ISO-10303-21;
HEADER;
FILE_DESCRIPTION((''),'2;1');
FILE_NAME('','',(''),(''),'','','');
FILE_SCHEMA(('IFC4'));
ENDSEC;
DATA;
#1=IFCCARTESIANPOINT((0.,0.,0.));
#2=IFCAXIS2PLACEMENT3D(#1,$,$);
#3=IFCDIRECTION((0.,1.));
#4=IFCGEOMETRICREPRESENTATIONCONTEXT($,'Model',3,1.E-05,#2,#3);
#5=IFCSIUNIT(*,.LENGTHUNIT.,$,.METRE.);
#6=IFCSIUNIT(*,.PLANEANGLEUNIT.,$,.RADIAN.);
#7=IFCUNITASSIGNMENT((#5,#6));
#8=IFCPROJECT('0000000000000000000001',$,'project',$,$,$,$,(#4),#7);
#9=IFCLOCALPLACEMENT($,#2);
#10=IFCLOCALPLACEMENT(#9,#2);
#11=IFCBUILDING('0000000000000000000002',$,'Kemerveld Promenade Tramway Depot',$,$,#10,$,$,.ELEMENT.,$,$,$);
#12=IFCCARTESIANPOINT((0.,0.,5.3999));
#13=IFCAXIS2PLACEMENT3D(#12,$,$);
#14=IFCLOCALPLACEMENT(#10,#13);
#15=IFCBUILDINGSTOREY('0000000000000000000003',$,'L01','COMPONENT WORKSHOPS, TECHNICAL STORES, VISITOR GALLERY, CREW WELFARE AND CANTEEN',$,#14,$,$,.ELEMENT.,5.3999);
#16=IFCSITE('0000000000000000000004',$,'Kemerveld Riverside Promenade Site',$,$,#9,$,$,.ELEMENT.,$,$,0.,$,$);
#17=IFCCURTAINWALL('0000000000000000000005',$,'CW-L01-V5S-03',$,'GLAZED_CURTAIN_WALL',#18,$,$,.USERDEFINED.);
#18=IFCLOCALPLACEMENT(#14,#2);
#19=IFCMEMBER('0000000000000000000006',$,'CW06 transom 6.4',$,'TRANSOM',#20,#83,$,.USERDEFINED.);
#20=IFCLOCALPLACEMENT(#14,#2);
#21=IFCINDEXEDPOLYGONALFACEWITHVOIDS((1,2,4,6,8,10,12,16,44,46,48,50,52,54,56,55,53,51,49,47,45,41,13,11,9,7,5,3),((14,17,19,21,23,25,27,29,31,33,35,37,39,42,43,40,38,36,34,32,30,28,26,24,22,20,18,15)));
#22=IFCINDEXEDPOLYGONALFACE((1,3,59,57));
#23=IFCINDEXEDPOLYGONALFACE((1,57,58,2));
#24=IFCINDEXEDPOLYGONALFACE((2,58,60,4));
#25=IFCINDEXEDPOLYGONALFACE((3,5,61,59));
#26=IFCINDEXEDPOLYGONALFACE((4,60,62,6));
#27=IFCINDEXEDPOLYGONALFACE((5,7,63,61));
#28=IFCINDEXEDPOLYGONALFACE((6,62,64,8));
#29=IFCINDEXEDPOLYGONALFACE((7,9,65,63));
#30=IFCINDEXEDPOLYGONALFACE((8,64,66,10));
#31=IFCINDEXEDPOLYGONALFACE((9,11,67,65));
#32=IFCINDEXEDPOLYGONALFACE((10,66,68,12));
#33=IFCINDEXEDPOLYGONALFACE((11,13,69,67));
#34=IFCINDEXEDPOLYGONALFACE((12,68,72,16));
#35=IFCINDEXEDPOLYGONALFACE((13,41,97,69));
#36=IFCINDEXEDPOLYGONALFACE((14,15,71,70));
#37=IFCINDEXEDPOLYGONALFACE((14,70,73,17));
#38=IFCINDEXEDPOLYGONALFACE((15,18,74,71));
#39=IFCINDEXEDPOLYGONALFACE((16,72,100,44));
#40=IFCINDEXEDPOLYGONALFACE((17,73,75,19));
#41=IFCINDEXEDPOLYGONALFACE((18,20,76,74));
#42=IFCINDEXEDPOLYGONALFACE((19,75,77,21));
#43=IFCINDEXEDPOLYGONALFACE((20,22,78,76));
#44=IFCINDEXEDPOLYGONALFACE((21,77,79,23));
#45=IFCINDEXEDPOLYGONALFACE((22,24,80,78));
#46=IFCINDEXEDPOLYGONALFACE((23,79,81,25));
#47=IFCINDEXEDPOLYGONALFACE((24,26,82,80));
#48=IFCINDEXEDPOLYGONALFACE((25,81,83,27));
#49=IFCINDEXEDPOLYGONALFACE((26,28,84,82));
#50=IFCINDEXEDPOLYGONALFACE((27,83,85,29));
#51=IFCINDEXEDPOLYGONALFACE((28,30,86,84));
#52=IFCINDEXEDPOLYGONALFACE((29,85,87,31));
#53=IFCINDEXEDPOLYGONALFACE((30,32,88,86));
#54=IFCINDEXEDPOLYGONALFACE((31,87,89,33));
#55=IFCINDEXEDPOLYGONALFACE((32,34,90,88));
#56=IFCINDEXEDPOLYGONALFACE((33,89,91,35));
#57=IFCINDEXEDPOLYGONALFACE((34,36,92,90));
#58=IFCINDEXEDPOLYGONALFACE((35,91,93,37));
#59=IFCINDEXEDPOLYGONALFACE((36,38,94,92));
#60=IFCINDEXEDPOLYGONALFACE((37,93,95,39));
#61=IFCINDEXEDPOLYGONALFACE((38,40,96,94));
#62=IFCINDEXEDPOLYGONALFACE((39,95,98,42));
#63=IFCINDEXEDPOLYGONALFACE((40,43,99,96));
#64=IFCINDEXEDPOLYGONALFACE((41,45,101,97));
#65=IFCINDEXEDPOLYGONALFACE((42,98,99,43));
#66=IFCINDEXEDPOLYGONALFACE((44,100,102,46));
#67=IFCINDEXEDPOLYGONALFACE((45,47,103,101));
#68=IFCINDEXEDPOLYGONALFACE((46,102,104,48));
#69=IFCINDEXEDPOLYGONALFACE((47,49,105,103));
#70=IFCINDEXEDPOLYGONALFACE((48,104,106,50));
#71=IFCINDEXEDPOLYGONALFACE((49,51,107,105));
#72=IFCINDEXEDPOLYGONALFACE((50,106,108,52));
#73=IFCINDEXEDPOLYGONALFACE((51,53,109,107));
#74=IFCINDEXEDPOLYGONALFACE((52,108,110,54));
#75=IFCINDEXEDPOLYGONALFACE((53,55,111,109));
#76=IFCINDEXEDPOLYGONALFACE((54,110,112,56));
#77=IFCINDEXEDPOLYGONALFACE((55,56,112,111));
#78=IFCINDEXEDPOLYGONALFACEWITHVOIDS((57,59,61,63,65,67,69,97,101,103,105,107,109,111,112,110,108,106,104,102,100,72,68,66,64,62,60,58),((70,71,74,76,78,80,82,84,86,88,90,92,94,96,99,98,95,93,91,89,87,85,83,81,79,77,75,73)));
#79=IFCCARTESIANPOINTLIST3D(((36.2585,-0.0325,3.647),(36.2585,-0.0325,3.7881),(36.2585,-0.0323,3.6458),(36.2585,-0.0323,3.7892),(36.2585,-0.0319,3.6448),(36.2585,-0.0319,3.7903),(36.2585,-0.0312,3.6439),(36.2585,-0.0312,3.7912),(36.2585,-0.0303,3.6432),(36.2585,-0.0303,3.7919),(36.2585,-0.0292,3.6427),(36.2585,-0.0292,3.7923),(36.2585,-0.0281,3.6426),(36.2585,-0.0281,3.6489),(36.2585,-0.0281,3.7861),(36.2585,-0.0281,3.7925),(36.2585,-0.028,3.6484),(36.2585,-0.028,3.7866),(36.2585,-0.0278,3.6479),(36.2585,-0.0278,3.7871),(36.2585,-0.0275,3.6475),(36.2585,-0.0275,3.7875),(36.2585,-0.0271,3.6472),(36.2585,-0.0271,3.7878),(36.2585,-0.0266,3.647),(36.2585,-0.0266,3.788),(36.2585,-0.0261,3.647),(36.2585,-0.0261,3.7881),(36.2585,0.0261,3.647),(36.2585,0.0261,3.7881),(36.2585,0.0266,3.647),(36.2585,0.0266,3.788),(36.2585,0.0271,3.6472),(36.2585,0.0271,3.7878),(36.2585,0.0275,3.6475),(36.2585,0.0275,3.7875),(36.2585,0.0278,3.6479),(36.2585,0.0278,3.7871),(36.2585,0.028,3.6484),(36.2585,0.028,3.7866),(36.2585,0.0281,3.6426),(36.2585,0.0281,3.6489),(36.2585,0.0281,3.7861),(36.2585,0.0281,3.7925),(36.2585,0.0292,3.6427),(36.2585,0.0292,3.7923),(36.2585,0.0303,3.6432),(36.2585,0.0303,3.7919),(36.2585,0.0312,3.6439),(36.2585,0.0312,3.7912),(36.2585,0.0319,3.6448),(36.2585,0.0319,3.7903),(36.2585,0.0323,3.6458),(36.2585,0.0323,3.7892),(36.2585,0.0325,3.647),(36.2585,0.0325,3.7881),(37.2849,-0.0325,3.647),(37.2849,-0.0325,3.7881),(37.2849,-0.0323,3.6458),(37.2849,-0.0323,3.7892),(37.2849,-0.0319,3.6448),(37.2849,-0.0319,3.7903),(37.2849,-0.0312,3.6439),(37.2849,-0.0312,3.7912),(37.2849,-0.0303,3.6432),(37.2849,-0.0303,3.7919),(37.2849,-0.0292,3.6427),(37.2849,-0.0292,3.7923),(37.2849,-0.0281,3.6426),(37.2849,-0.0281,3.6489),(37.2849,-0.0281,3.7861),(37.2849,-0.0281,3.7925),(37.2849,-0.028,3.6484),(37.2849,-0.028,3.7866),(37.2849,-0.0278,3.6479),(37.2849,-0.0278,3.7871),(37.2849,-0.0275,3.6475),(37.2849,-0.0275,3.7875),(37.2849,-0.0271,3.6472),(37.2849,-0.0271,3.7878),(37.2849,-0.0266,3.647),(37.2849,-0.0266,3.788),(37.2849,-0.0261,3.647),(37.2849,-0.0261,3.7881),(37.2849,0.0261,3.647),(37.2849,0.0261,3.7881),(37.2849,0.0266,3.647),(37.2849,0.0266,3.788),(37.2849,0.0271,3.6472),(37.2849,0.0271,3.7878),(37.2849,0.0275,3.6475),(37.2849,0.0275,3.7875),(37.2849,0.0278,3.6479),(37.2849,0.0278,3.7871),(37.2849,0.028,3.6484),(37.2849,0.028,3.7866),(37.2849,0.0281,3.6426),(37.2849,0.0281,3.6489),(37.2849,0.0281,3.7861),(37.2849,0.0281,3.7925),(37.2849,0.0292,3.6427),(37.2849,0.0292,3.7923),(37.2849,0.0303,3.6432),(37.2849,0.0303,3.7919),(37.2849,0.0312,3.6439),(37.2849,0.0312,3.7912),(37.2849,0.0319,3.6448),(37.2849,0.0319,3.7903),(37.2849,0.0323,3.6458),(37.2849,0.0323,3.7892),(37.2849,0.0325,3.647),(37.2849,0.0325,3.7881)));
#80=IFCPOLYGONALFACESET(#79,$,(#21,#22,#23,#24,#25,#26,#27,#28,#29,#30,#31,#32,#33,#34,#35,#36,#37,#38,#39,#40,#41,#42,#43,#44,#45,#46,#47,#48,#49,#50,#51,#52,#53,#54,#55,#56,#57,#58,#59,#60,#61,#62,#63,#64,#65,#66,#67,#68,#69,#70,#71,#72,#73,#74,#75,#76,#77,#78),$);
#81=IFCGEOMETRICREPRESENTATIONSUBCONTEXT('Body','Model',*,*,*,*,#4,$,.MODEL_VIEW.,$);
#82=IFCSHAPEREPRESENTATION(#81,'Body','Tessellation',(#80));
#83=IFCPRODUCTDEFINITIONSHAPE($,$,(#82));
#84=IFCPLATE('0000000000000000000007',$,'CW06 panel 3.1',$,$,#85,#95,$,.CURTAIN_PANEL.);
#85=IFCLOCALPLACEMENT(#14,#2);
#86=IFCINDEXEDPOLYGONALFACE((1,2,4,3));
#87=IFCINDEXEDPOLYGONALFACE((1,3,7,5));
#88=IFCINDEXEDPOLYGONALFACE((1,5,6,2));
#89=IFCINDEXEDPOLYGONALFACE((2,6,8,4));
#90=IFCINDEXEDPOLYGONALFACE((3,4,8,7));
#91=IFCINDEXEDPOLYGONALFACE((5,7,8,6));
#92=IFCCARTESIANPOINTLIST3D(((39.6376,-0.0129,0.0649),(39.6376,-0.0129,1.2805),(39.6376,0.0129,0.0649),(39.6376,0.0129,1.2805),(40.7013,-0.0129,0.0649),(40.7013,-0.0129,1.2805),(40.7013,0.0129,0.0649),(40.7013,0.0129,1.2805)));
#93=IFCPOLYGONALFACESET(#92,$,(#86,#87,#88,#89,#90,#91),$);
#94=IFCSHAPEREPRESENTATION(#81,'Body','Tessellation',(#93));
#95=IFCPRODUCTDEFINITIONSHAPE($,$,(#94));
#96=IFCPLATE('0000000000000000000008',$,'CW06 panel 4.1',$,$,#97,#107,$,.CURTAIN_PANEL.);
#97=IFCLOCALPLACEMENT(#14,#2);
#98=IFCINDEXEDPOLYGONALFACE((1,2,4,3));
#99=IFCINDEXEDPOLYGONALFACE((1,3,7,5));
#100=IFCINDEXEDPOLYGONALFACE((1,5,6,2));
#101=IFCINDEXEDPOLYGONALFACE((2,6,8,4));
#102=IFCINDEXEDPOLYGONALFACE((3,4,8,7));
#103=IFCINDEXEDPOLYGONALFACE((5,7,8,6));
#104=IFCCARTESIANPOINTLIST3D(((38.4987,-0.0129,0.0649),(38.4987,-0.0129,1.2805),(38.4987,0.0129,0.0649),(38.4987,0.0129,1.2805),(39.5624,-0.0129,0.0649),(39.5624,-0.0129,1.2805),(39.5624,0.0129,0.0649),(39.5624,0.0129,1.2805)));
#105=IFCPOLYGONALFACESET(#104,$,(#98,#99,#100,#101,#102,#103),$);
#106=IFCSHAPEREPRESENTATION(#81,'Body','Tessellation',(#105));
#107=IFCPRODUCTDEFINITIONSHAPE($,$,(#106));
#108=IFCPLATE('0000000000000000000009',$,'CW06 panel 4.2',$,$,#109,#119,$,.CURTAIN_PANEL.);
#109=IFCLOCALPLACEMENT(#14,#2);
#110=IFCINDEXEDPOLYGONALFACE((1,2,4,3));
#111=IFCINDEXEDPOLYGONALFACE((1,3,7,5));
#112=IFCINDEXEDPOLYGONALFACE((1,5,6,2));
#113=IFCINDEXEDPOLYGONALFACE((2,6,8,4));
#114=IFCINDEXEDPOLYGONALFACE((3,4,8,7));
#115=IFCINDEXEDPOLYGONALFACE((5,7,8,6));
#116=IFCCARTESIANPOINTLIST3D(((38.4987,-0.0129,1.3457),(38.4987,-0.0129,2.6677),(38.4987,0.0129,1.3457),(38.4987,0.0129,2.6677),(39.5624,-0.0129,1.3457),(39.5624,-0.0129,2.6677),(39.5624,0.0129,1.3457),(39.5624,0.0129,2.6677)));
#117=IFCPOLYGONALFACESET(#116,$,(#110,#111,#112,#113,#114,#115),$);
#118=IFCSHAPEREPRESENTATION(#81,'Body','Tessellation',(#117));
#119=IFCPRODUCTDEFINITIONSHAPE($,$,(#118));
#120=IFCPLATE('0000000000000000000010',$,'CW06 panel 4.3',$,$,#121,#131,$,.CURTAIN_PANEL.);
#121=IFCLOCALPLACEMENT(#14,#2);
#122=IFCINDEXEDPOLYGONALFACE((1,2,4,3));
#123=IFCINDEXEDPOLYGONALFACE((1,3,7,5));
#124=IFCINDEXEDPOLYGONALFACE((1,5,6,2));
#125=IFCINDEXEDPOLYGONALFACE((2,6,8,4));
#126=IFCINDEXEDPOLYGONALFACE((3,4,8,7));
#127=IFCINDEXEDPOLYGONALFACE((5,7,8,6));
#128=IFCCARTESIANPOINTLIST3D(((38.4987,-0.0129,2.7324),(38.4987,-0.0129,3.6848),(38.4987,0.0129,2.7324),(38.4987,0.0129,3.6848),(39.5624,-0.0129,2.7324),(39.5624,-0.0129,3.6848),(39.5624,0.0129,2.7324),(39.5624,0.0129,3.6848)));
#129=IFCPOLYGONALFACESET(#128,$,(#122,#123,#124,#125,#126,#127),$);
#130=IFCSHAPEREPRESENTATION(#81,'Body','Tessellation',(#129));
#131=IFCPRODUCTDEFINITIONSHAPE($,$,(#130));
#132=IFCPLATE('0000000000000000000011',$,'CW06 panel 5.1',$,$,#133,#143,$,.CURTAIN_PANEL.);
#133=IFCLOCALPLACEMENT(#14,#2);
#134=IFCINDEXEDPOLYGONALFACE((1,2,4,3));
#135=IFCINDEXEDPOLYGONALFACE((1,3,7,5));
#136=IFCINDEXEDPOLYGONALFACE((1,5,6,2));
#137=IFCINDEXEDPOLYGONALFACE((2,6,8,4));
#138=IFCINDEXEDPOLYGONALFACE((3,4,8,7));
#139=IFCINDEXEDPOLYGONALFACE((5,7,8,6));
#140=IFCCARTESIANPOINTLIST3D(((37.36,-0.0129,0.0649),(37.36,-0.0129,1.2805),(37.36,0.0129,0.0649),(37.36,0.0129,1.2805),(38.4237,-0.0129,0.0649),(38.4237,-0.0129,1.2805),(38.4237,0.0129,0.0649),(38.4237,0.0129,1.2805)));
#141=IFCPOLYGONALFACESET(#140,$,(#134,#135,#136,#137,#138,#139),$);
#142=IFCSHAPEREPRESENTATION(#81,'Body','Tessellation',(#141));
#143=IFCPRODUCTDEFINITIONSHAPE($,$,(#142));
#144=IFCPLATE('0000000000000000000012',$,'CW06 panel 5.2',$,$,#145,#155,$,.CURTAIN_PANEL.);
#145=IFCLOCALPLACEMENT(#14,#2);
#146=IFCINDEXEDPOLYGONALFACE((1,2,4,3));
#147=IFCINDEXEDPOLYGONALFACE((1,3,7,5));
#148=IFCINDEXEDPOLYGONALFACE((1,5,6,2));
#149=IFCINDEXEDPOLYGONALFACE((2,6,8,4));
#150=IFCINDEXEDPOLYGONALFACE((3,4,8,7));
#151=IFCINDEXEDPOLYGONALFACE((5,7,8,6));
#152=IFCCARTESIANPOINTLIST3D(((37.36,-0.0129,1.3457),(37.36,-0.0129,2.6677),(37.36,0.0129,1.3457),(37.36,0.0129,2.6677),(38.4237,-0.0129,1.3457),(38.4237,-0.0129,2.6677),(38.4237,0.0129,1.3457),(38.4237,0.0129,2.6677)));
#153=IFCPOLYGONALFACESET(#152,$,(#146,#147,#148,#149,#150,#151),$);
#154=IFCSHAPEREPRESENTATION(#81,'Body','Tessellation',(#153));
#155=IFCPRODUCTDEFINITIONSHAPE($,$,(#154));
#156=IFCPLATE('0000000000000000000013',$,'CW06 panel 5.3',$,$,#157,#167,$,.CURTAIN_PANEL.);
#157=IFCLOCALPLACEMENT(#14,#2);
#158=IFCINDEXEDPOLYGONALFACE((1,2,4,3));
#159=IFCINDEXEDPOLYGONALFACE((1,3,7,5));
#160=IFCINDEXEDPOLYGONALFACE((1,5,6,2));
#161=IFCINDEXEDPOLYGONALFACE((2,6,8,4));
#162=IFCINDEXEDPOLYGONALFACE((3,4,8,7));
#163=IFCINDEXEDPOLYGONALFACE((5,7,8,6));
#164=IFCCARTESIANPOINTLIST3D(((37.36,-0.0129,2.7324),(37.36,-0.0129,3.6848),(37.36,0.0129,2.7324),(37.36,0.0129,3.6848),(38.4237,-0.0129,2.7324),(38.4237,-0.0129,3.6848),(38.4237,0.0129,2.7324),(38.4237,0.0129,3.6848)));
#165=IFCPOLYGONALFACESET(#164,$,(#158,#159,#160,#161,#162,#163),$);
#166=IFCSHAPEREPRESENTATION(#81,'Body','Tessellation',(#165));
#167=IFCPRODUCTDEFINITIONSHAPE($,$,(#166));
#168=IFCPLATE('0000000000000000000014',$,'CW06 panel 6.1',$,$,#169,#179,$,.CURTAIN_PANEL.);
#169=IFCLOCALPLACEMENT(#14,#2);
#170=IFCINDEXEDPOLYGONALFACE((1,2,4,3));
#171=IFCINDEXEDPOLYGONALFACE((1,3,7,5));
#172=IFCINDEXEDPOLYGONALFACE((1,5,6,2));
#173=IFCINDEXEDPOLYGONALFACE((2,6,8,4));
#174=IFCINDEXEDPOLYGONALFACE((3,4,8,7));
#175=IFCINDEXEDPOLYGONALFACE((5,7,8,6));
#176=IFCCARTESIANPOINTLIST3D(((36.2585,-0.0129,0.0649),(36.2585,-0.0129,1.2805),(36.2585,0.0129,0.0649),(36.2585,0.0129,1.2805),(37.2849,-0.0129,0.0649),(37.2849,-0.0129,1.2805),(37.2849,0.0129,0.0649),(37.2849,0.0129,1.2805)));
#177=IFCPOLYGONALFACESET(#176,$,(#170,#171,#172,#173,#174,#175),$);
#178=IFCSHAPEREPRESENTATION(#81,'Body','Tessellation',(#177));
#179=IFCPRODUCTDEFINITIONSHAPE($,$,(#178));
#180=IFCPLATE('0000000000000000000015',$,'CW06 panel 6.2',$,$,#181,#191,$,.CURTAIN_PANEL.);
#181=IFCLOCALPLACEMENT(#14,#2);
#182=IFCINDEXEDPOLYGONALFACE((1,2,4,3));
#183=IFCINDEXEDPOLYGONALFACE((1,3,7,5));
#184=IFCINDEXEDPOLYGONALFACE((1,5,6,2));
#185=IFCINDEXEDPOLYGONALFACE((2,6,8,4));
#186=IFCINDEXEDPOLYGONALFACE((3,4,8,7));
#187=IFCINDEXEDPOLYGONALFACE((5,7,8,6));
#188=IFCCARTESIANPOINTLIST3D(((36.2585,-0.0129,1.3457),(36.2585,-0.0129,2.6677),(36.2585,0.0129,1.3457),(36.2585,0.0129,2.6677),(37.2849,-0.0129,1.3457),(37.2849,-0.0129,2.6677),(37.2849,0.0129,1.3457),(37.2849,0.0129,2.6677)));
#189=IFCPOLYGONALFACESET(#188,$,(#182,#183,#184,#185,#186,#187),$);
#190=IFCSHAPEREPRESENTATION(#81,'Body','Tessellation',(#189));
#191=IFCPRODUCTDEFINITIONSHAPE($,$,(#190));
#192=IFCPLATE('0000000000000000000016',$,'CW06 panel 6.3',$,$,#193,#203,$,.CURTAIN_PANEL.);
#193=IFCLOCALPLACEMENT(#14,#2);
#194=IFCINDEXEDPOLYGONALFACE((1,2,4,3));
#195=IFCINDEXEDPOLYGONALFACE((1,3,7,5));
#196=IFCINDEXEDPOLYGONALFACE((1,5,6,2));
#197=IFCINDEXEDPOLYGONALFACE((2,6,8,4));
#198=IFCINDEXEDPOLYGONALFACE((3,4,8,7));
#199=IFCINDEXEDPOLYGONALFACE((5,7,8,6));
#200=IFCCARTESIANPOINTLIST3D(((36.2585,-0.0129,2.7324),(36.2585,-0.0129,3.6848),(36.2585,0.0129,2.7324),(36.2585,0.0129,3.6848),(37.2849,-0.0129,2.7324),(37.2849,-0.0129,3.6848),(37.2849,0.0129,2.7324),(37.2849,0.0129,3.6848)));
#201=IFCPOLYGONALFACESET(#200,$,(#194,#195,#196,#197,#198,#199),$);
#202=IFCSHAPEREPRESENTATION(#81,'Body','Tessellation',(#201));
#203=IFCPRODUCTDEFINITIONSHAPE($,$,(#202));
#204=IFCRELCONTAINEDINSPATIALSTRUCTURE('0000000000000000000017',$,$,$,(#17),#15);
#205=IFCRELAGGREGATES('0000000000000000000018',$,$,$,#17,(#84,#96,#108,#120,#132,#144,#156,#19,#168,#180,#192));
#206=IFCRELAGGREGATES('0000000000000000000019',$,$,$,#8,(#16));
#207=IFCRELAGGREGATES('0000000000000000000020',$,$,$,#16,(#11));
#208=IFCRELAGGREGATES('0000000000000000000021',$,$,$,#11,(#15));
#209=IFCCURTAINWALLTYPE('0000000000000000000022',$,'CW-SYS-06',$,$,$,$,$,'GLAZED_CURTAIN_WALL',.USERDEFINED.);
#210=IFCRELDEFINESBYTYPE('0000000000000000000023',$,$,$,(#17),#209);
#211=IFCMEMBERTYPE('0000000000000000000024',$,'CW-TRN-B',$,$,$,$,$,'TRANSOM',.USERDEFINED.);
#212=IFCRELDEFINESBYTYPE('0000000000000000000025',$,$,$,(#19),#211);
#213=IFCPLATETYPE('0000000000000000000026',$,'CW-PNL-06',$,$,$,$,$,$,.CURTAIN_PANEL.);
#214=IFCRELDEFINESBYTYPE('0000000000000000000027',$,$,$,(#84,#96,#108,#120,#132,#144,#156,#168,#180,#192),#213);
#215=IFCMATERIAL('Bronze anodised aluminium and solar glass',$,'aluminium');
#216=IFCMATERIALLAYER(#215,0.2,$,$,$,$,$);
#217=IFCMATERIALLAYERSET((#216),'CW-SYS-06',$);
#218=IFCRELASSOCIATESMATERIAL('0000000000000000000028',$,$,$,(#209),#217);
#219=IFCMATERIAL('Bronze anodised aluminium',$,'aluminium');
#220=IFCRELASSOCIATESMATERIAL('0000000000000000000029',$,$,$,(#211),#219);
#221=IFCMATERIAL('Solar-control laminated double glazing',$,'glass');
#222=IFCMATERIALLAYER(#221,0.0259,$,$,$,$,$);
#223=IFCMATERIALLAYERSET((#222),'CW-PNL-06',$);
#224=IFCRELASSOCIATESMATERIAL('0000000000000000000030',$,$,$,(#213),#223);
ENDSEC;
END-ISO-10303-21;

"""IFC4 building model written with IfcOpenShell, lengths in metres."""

from ifc_helpers import new_model, si_unit, direction, frame, origin, origin_2d, place, context, subcontext, project, spatial, rectangle, hollow_rectangle, extrude, material, layer, layer_set, material_profile, profile_set, type_object, element, aggregate, save


model = new_model("IFC4")

# Units and contexts
model_context = context("Model", 3, precision=1e-05, world=origin(), true_north=direction((0.0, 1.0)))
body_context = subcontext(model_context, "Body", "Model", "MODEL_VIEW")
ifc_project = project(units=[si_unit("LENGTHUNIT", "METRE"), si_unit("PLANEANGLEUNIT", "RADIAN")], contexts=[model_context])

# Site, building, storey
site_placement = place(None, origin())
site = spatial("IfcSite", under=ifc_project, at=site_placement, Name="Kemerveld Riverside Promenade Site", CompositionType="ELEMENT", RefElevation=0.0)
building_placement = place(site_placement, origin())
building = spatial("IfcBuilding", under=site, at=building_placement, Name="Kemerveld Promenade Tramway Depot", CompositionType="ELEMENT")
storey_placement = place(building_placement, frame((0.0, 0.0, 5.3999)))
storey = spatial("IfcBuildingStorey", under=building, at=storey_placement, Name="L01", Description="COMPONENT WORKSHOPS, TECHNICAL STORES, VISITOR GALLERY, CREW WELFARE AND CANTEEN", CompositionType="ELEMENT", Elevation=5.3999)

# Curtain wall, member, plates
ifc_material_1 = material(Name="Bronze anodised aluminium and solar glass", Category="aluminium")
ifc_layer_1 = layer(ifc_material_1, 0.2)
ifc_layer_set_1 = layer_set([ifc_layer_1], Name="CW-SYS-06")
curtain_wall_type = type_object("IfcCurtainWallType", Name="CW-SYS-06", ElementType="GLAZED_CURTAIN_WALL", PredefinedType="USERDEFINED", material=ifc_layer_set_1)
curtain_wall_placement = place(storey_placement, origin())
curtain_wall = element("IfcCurtainWall", 1, at=curtain_wall_placement, inside=storey, type_object=curtain_wall_type, Name="CW-L01-V5S-03", ObjectType="GLAZED_CURTAIN_WALL", PredefinedType="USERDEFINED")
ifc_material_2 = material(Name="Bronze anodised aluminium", Category="aluminium")
ifc_material_profile_1 = material_profile(ifc_material_2, hollow_rectangle(XDim=0.0649, YDim=0.1499, WallThickness=0.0044, InnerFilletRadius=0.002, OuterFilletRadius=0.0044, at=origin_2d()), Name="CW-TRN-150x65")
ifc_profile_set_1 = profile_set([ifc_material_profile_1], Name="Bronze anodised aluminium")
member_type_1 = type_object("IfcMemberType", Name="CW-TRN-B", ElementType="TRANSOM", PredefinedType="USERDEFINED", material=ifc_profile_set_1)
member_1_placement = place(storey_placement, frame((37.2849, 0.0, 3.7175), z_axis=(-1.0, 0.0, 0.0), x_axis=(0.0, -1.0, 0.0)))
member_1 = element("IfcMember", 2, at=member_1_placement, type_object=member_type_1, Name="CW06 transom 6.4", ObjectType="TRANSOM", PredefinedType="USERDEFINED", context=body_context, shape_type="SweptSolid", body=[
    extrude(hollow_rectangle(XDim=0.0649, YDim=0.1499, WallThickness=0.0044, InnerFilletRadius=0.002, OuterFilletRadius=0.0044, at=origin_2d()), origin(), (0.0, 0.0, 1.0), 1.0264),
])
ifc_material_3 = material(Name="Solar-control laminated double glazing", Category="glass")
ifc_layer_2 = layer(ifc_material_3, 0.0259)
ifc_layer_set_2 = layer_set([ifc_layer_2], Name="CW-PNL-06")
plate_type = type_object("IfcPlateType", Name="CW-PNL-06", PredefinedType="CURTAIN_PANEL", material=ifc_layer_set_2)
plate_1_placement = place(storey_placement, frame((40.1694, 0.0, 0.0649), z_axis=(0.0, 0.0, 1.0), x_axis=(-1.0, 0.0, 0.0)))
plate_1 = element("IfcPlate", 3, at=plate_1_placement, type_object=plate_type, Name="CW06 panel 3.1", PredefinedType="CURTAIN_PANEL", context=body_context, shape_type="SweptSolid", body=[
    extrude(rectangle(XDim=1.0637, YDim=0.0259, at=origin_2d()), origin(), (0.0, 0.0, 1.0), 1.2156),
])
plate_2_placement = place(storey_placement, frame((39.0305, 0.0, 0.0649), z_axis=(0.0, 0.0, 1.0), x_axis=(-1.0, 0.0, 0.0)))
plate_2 = element("IfcPlate", 4, at=plate_2_placement, type_object=plate_type, Name="CW06 panel 4.1", PredefinedType="CURTAIN_PANEL", context=body_context, shape_type="SweptSolid", body=[
    extrude(rectangle(XDim=1.0637, YDim=0.0259, at=origin_2d()), origin(), (0.0, 0.0, 1.0), 1.2156),
])
plate_3_placement = place(storey_placement, frame((39.0305, 0.0, 1.3457), z_axis=(0.0, 0.0, 1.0), x_axis=(-1.0, 0.0, 0.0)))
plate_3 = element("IfcPlate", 5, at=plate_3_placement, type_object=plate_type, Name="CW06 panel 4.2", PredefinedType="CURTAIN_PANEL", context=body_context, shape_type="SweptSolid", body=[
    extrude(rectangle(XDim=1.0637, YDim=0.0259, at=origin_2d()), origin(), (0.0, 0.0, 1.0), 1.322),
])
plate_4_placement = place(storey_placement, frame((39.0305, 0.0, 2.7324), z_axis=(0.0, 0.0, 1.0), x_axis=(-1.0, 0.0, 0.0)))
plate_4 = element("IfcPlate", 6, at=plate_4_placement, type_object=plate_type, Name="CW06 panel 4.3", PredefinedType="CURTAIN_PANEL", context=body_context, shape_type="SweptSolid", body=[
    extrude(rectangle(XDim=1.0637, YDim=0.0259, at=origin_2d()), origin(), (0.0, 0.0, 1.0), 0.9524),
])
plate_5_placement = place(storey_placement, frame((37.8918, 0.0, 0.0649), z_axis=(0.0, 0.0, 1.0), x_axis=(-1.0, 0.0, 0.0)))
plate_5 = element("IfcPlate", 7, at=plate_5_placement, type_object=plate_type, Name="CW06 panel 5.1", PredefinedType="CURTAIN_PANEL", context=body_context, shape_type="SweptSolid", body=[
    extrude(rectangle(XDim=1.0637, YDim=0.0259, at=origin_2d()), origin(), (0.0, 0.0, 1.0), 1.2156),
])
plate_6_placement = place(storey_placement, frame((37.8918, 0.0, 1.3457), z_axis=(0.0, 0.0, 1.0), x_axis=(-1.0, 0.0, 0.0)))
plate_6 = element("IfcPlate", 8, at=plate_6_placement, type_object=plate_type, Name="CW06 panel 5.2", PredefinedType="CURTAIN_PANEL", context=body_context, shape_type="SweptSolid", body=[
    extrude(rectangle(XDim=1.0637, YDim=0.0259, at=origin_2d()), origin(), (0.0, 0.0, 1.0), 1.322),
])
plate_7_placement = place(storey_placement, frame((37.8918, 0.0, 2.7324), z_axis=(0.0, 0.0, 1.0), x_axis=(-1.0, 0.0, 0.0)))
plate_7 = element("IfcPlate", 9, at=plate_7_placement, type_object=plate_type, Name="CW06 panel 5.3", PredefinedType="CURTAIN_PANEL", context=body_context, shape_type="SweptSolid", body=[
    extrude(rectangle(XDim=1.0637, YDim=0.0259, at=origin_2d()), origin(), (0.0, 0.0, 1.0), 0.9524),
])
plate_8_placement = place(storey_placement, frame((36.7717, 0.0, 0.0649), z_axis=(0.0, 0.0, 1.0), x_axis=(-1.0, 0.0, 0.0)))
plate_8 = element("IfcPlate", 10, at=plate_8_placement, type_object=plate_type, Name="CW06 panel 6.1", PredefinedType="CURTAIN_PANEL", context=body_context, shape_type="SweptSolid", body=[
    extrude(rectangle(XDim=1.0264, YDim=0.0259, at=origin_2d()), origin(), (0.0, 0.0, 1.0), 1.2156),
])
plate_9_placement = place(storey_placement, frame((36.7717, 0.0, 1.3457), z_axis=(0.0, 0.0, 1.0), x_axis=(-1.0, 0.0, 0.0)))
plate_9 = element("IfcPlate", 11, at=plate_9_placement, type_object=plate_type, Name="CW06 panel 6.2", PredefinedType="CURTAIN_PANEL", context=body_context, shape_type="SweptSolid", body=[
    extrude(rectangle(XDim=1.0264, YDim=0.0259, at=origin_2d()), origin(), (0.0, 0.0, 1.0), 1.322),
])
plate_10_placement = place(storey_placement, frame((36.7717, 0.0, 2.7324), z_axis=(0.0, 0.0, 1.0), x_axis=(-1.0, 0.0, 0.0)))
plate_10 = element("IfcPlate", 12, at=plate_10_placement, type_object=plate_type, Name="CW06 panel 6.3", PredefinedType="CURTAIN_PANEL", context=body_context, shape_type="SweptSolid", body=[
    extrude(rectangle(XDim=1.0264, YDim=0.0259, at=origin_2d()), origin(), (0.0, 0.0, 1.0), 0.9524),
])
aggregate(curtain_wall, [plate_1, plate_2, plate_3, plate_4, plate_5, plate_6, plate_7, member_1, plate_8, plate_9, plate_10])

save(model, "model.ifc")
